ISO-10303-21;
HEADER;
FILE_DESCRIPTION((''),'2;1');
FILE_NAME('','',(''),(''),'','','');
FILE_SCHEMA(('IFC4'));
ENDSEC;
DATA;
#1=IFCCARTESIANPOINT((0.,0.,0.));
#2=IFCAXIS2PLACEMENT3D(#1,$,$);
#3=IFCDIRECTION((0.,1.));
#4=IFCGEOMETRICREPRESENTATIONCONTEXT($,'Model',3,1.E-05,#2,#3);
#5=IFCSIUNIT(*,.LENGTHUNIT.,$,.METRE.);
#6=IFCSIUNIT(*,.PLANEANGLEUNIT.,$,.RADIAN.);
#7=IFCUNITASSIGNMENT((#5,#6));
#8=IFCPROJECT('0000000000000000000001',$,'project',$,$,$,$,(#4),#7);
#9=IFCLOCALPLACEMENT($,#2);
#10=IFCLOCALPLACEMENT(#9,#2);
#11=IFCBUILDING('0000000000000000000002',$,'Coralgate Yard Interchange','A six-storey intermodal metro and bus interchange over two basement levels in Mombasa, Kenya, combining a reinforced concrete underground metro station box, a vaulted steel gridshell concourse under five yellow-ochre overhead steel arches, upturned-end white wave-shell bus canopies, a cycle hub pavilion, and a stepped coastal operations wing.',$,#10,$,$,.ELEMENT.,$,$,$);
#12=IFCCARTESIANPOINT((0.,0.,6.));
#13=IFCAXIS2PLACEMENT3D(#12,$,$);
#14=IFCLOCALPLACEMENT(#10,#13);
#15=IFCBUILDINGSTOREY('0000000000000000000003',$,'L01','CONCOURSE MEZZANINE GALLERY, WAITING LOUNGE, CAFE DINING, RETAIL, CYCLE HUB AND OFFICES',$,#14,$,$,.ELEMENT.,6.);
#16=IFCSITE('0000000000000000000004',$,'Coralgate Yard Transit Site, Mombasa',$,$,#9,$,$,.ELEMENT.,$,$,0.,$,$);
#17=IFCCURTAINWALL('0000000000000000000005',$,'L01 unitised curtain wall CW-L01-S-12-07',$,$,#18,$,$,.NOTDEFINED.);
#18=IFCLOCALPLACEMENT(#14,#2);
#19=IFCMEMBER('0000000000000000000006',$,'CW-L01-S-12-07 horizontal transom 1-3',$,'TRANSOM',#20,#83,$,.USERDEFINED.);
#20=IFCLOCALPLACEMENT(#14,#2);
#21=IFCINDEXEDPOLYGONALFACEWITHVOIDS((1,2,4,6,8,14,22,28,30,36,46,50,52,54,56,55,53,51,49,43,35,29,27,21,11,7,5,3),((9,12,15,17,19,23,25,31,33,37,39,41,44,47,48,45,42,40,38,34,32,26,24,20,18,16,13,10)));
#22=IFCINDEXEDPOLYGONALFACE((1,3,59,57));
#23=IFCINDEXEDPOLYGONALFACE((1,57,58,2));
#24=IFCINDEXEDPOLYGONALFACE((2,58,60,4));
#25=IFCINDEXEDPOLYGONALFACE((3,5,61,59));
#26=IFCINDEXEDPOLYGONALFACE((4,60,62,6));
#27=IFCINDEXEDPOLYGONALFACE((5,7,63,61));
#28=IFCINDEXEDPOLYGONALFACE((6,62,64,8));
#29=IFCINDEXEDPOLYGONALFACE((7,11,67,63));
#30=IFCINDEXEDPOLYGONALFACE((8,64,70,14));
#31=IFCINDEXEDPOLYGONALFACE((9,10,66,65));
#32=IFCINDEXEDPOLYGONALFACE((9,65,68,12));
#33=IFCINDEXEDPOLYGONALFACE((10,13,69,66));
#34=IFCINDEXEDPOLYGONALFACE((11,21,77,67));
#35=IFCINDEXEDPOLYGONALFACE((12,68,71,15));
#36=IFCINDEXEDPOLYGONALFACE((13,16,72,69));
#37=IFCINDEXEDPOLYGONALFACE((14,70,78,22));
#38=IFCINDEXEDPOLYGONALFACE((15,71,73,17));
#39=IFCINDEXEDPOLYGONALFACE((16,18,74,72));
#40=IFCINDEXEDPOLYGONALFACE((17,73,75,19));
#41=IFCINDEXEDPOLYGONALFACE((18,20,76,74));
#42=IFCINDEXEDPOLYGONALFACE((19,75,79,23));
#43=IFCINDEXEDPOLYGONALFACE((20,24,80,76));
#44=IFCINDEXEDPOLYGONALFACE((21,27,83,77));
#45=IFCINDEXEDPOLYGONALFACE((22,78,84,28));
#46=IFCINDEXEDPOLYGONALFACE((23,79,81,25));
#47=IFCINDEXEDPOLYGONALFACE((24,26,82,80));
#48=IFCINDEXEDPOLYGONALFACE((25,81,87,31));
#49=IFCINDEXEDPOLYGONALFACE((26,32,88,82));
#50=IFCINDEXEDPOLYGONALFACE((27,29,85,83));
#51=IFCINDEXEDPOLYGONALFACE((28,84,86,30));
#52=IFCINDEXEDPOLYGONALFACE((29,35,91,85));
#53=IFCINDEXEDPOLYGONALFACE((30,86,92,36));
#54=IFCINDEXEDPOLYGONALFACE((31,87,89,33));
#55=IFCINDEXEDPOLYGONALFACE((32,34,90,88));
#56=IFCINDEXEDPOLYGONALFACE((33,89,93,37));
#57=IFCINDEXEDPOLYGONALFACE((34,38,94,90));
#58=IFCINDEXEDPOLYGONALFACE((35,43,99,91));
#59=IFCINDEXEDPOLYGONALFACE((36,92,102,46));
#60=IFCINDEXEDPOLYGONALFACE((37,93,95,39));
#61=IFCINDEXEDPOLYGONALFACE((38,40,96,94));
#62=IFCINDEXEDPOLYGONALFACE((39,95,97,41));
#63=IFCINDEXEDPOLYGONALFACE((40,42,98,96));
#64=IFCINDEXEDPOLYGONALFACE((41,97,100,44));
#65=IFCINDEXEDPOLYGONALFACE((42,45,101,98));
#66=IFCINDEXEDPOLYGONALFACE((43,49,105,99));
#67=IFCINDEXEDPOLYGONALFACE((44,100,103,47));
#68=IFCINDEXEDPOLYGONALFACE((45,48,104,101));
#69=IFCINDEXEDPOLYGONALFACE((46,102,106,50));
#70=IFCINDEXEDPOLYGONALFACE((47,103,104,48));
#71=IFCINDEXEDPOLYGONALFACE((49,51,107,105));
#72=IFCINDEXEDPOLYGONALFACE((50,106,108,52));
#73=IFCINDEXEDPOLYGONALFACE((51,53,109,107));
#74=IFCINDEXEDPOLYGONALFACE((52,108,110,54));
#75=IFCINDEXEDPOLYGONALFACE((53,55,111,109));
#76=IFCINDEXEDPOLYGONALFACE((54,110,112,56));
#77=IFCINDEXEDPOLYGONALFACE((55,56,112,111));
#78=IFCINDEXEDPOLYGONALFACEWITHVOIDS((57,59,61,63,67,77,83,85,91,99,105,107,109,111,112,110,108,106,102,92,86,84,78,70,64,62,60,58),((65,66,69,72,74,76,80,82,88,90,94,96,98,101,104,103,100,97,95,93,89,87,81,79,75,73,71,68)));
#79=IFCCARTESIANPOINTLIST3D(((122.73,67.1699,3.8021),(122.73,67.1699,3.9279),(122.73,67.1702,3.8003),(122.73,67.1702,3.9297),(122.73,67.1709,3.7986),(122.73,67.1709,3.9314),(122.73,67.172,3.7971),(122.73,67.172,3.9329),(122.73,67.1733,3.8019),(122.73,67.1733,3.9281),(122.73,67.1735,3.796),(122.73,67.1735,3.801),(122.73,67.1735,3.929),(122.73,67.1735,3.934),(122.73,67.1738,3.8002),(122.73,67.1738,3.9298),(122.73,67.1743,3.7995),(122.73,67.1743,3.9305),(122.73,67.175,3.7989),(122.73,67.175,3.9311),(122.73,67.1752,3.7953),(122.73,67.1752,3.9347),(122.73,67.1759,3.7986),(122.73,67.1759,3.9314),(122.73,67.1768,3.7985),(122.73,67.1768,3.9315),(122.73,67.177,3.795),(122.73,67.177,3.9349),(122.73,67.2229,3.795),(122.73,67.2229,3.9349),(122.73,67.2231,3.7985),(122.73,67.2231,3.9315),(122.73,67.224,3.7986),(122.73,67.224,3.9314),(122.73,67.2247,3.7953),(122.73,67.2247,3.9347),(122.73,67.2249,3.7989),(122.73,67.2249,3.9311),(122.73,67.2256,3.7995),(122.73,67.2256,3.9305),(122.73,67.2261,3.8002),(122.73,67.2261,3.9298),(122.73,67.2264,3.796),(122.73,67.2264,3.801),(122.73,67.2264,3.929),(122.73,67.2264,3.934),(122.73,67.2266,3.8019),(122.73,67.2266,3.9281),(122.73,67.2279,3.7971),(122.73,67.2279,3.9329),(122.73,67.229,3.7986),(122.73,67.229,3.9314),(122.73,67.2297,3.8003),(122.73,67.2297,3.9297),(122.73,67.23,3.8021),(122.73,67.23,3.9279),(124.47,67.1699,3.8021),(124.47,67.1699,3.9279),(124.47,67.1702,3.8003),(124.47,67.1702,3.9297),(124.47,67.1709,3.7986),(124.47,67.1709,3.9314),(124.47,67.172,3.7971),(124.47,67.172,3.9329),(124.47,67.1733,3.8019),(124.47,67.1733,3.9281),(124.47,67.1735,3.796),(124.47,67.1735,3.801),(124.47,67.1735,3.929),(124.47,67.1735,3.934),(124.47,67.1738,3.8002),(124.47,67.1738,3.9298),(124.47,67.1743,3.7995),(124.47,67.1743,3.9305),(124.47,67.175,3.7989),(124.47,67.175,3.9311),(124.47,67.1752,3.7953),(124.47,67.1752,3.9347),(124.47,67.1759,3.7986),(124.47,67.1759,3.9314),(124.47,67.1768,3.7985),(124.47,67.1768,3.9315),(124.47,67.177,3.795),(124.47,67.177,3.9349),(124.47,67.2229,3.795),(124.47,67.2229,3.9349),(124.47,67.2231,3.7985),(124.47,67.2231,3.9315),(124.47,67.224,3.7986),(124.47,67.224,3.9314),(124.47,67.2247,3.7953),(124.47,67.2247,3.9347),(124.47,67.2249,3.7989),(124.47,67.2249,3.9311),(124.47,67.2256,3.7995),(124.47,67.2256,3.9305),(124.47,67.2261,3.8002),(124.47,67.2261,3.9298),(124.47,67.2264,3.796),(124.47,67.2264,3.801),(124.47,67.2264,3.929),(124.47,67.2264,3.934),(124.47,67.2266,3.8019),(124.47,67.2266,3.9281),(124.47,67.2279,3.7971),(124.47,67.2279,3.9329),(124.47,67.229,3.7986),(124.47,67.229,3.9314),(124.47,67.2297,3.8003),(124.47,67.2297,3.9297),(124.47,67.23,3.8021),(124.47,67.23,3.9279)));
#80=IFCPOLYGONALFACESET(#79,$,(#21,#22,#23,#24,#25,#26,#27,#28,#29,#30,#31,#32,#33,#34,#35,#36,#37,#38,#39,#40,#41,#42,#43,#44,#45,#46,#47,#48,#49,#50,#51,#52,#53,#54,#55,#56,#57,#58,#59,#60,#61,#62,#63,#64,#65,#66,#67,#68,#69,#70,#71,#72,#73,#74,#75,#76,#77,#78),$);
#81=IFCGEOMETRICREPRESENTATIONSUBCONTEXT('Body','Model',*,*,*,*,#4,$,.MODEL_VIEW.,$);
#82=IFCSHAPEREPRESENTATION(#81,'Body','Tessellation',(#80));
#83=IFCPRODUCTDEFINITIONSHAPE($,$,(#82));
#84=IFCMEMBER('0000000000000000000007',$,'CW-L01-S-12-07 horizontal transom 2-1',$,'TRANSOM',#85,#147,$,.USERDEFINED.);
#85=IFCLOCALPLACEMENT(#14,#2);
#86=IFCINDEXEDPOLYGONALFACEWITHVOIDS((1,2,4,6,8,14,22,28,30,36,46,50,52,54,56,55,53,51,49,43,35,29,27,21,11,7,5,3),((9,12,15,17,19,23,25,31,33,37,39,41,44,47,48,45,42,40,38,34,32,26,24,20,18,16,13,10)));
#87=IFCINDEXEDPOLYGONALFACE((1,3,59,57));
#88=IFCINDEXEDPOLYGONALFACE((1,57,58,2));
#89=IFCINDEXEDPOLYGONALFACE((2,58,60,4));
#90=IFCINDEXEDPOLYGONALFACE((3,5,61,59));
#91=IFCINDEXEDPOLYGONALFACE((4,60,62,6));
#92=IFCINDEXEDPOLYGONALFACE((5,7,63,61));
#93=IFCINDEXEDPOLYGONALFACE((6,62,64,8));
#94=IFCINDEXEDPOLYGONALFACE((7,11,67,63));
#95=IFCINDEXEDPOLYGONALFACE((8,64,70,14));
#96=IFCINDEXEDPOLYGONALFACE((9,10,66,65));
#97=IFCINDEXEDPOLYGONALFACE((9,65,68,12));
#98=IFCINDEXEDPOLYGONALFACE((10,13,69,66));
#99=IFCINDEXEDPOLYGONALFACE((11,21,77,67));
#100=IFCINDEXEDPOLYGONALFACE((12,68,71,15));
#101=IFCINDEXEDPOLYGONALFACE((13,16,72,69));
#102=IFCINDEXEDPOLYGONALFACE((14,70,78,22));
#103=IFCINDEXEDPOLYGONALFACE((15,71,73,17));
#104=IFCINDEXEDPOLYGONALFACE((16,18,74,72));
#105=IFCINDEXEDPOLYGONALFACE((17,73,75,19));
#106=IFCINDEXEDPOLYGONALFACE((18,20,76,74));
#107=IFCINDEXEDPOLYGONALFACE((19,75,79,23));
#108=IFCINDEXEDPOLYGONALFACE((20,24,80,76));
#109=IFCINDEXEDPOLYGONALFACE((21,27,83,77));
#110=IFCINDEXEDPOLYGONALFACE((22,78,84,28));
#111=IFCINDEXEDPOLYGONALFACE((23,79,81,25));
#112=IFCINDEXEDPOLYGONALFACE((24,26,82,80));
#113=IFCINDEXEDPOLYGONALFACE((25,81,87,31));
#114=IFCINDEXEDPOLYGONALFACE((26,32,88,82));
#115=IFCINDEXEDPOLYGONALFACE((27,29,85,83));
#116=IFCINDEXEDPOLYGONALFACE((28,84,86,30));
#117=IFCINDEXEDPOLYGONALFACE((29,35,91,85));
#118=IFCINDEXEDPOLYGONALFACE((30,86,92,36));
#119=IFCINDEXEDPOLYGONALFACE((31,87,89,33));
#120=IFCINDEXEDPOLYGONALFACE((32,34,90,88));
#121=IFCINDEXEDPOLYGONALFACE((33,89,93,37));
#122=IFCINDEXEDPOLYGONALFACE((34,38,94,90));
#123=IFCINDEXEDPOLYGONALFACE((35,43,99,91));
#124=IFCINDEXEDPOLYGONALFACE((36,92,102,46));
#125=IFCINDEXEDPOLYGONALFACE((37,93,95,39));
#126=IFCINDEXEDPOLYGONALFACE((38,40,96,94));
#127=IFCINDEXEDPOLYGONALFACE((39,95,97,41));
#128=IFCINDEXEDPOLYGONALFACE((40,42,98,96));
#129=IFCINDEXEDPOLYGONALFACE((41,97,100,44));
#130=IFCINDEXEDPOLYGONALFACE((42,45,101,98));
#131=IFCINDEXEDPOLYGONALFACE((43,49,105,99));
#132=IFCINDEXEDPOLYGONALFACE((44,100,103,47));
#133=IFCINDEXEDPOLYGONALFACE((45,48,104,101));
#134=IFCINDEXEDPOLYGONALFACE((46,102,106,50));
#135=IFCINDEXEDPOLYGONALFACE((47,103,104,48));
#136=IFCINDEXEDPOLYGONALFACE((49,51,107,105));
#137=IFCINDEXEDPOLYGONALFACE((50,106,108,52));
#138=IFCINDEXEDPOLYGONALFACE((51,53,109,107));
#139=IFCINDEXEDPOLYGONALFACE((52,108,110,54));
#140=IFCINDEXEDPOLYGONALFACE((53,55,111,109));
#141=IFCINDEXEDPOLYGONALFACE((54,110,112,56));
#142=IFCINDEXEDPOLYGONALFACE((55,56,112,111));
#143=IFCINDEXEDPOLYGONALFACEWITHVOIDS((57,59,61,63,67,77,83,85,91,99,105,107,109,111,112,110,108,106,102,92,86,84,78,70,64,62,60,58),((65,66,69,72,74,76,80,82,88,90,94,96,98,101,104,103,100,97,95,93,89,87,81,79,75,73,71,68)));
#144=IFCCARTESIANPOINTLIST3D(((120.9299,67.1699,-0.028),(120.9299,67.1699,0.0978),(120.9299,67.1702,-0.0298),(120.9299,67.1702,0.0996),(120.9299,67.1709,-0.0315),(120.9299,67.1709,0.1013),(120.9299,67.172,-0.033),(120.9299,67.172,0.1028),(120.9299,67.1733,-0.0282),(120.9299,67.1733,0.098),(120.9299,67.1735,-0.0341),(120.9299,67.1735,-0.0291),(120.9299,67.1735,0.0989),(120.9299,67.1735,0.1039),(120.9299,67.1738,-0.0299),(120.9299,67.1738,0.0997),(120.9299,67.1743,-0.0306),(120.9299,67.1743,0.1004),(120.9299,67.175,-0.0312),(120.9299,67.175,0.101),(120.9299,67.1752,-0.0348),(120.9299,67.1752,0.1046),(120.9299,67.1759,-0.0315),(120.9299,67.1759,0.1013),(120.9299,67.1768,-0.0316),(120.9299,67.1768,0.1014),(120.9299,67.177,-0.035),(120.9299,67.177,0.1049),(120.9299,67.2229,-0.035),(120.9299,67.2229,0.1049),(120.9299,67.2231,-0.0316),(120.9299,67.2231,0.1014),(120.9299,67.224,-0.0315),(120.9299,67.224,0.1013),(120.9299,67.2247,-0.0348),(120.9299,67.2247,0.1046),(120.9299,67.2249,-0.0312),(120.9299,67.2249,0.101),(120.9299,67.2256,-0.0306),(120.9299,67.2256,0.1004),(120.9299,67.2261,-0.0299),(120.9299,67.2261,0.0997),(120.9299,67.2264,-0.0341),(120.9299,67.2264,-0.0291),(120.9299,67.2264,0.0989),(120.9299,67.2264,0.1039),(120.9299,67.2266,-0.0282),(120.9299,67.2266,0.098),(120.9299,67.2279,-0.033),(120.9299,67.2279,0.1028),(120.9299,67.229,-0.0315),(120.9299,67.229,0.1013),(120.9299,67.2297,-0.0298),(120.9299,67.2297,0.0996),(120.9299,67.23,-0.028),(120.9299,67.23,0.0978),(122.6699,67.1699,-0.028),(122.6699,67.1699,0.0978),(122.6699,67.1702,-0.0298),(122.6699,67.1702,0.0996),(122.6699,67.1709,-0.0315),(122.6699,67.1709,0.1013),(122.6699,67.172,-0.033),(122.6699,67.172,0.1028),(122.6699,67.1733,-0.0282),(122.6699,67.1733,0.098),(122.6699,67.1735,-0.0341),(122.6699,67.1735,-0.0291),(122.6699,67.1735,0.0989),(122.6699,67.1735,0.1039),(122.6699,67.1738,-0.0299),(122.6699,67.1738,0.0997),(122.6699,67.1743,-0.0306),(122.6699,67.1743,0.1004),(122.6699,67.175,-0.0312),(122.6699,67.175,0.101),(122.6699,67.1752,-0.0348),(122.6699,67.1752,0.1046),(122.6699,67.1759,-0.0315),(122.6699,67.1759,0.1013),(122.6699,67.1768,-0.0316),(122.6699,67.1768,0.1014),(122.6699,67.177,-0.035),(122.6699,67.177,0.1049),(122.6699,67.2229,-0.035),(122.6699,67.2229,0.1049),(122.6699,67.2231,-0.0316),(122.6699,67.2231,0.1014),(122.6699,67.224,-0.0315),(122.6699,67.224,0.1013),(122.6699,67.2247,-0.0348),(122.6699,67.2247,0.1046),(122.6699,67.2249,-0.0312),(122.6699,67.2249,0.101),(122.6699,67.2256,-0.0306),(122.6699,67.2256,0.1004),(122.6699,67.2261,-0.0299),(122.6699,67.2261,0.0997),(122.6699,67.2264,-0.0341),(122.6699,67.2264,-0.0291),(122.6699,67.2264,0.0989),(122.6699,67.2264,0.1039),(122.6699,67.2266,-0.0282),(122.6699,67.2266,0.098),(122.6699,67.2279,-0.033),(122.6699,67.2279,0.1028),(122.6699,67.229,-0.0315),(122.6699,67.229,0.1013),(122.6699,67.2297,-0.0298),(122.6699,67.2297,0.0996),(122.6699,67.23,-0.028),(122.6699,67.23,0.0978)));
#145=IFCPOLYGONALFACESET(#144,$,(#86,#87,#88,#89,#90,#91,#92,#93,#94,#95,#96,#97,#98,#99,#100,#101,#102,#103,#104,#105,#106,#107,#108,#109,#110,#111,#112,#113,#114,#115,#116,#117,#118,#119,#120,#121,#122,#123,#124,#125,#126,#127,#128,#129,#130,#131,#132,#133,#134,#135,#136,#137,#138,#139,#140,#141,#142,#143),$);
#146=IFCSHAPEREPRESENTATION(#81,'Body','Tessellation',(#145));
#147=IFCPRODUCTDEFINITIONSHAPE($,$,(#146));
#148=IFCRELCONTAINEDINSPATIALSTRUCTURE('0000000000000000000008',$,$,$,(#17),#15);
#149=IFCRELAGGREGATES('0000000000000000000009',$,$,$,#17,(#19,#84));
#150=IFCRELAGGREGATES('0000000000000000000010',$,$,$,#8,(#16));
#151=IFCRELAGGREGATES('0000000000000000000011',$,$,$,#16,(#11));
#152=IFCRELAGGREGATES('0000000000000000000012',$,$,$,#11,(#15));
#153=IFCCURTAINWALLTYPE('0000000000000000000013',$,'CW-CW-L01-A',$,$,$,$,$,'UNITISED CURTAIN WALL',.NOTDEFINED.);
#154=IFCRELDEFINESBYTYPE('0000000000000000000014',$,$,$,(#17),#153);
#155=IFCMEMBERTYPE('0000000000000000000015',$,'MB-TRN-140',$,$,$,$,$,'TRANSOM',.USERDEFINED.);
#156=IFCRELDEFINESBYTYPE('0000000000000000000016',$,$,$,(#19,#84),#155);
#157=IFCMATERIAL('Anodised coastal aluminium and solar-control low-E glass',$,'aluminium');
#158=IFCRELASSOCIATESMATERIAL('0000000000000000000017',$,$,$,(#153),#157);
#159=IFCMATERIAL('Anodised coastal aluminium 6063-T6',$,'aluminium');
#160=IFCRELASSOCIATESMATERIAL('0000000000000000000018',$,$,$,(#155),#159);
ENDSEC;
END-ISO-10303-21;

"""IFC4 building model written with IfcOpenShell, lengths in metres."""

from ifc_helpers import new_model, si_unit, direction, frame, origin, origin_2d, place, context, subcontext, project, spatial, hollow_rectangle, extrude, material, material_profile, profile_set, type_object, element, aggregate, save


model = new_model("IFC4")

# Units and contexts
model_context = context("Model", 3, precision=1e-05, world=origin(), true_north=direction((0.0, 1.0)))
body_context = subcontext(model_context, "Body", "Model", "MODEL_VIEW")
ifc_project = project(units=[si_unit("LENGTHUNIT", "METRE"), si_unit("PLANEANGLEUNIT", "RADIAN")], contexts=[model_context])

# Site, building, storey
site_placement = place(None, origin())
site = spatial("IfcSite", under=ifc_project, at=site_placement, Name="Coralgate Yard Transit Site, Mombasa", CompositionType="ELEMENT", RefElevation=0.0)
building_placement = place(site_placement, origin())
building = spatial("IfcBuilding", under=site, at=building_placement, Name="Coralgate Yard Interchange", Description="A six-storey intermodal metro and bus interchange over two basement levels in Mombasa, Kenya, combining a reinforced concrete underground metro station box, a vaulted steel gridshell concourse under five yellow-ochre overhead steel arches, upturned-end white wave-shell bus canopies, a cycle hub pavilion, and a stepped coastal operations wing.", CompositionType="ELEMENT")
storey_placement = place(building_placement, frame((0.0, 0.0, 6.0)))
storey = spatial("IfcBuildingStorey", under=building, at=storey_placement, Name="L01", Description="CONCOURSE MEZZANINE GALLERY, WAITING LOUNGE, CAFE DINING, RETAIL, CYCLE HUB AND OFFICES", CompositionType="ELEMENT", Elevation=6.0)

# Curtain wall, members
ifc_material_1 = material(Name="Anodised coastal aluminium and solar-control low-E glass", Category="aluminium")
curtain_wall_type = type_object("IfcCurtainWallType", Name="CW-CW-L01-A", ElementType="UNITISED CURTAIN WALL", PredefinedType="NOTDEFINED", material=ifc_material_1)
curtain_wall_placement = place(storey_placement, origin())
curtain_wall = element("IfcCurtainWall", 1, at=curtain_wall_placement, inside=storey, type_object=curtain_wall_type, Name="L01 unitised curtain wall CW-L01-S-12-07", PredefinedType="NOTDEFINED")
ifc_material_2 = material(Name="Anodised coastal aluminium 6063-T6", Category="aluminium")
ifc_material_profile_1 = material_profile(ifc_material_2, hollow_rectangle(XDim=0.0601, YDim=0.1399, WallThickness=0.0034, InnerFilletRadius=0.0034, OuterFilletRadius=0.0071, at=origin_2d()), Name="ALU 60x140x3.5")
ifc_profile_set_1 = profile_set([ifc_material_profile_1], Name="Anodised coastal aluminium 6063-T6")
member_type_1 = type_object("IfcMemberType", Name="MB-TRN-140", ElementType="TRANSOM", PredefinedType="USERDEFINED", material=ifc_profile_set_1)
member_1_placement = place(storey_placement, frame((124.47, 67.2, 3.865), z_axis=(-1.0, 0.0, 0.0), x_axis=(0.0, -1.0, 0.0)))
member_1 = element("IfcMember", 2, at=member_1_placement, type_object=member_type_1, Name="CW-L01-S-12-07 horizontal transom 1-3", ObjectType="TRANSOM", PredefinedType="USERDEFINED", context=body_context, shape_type="SweptSolid", body=[
    extrude(hollow_rectangle(XDim=0.0601, YDim=0.1399, WallThickness=0.0034, InnerFilletRadius=0.0034, OuterFilletRadius=0.0071, at=origin_2d()), origin(), (0.0, 0.0, 1.0), 1.74),
])
member_2_placement = place(storey_placement, frame((122.6699, 67.2, 0.0349), z_axis=(-1.0, 0.0, 0.0), x_axis=(0.0, -1.0, 0.0)))
member_2 = element("IfcMember", 3, at=member_2_placement, type_object=member_type_1, Name="CW-L01-S-12-07 horizontal transom 2-1", ObjectType="TRANSOM", PredefinedType="USERDEFINED", context=body_context, shape_type="SweptSolid", body=[
    extrude(hollow_rectangle(XDim=0.0601, YDim=0.1399, WallThickness=0.0034, InnerFilletRadius=0.0034, OuterFilletRadius=0.0071, at=origin_2d()), origin(), (0.0, 0.0, 1.0), 1.74),
])
aggregate(curtain_wall, [member_1, member_2])

save(model, "model.ifc")
